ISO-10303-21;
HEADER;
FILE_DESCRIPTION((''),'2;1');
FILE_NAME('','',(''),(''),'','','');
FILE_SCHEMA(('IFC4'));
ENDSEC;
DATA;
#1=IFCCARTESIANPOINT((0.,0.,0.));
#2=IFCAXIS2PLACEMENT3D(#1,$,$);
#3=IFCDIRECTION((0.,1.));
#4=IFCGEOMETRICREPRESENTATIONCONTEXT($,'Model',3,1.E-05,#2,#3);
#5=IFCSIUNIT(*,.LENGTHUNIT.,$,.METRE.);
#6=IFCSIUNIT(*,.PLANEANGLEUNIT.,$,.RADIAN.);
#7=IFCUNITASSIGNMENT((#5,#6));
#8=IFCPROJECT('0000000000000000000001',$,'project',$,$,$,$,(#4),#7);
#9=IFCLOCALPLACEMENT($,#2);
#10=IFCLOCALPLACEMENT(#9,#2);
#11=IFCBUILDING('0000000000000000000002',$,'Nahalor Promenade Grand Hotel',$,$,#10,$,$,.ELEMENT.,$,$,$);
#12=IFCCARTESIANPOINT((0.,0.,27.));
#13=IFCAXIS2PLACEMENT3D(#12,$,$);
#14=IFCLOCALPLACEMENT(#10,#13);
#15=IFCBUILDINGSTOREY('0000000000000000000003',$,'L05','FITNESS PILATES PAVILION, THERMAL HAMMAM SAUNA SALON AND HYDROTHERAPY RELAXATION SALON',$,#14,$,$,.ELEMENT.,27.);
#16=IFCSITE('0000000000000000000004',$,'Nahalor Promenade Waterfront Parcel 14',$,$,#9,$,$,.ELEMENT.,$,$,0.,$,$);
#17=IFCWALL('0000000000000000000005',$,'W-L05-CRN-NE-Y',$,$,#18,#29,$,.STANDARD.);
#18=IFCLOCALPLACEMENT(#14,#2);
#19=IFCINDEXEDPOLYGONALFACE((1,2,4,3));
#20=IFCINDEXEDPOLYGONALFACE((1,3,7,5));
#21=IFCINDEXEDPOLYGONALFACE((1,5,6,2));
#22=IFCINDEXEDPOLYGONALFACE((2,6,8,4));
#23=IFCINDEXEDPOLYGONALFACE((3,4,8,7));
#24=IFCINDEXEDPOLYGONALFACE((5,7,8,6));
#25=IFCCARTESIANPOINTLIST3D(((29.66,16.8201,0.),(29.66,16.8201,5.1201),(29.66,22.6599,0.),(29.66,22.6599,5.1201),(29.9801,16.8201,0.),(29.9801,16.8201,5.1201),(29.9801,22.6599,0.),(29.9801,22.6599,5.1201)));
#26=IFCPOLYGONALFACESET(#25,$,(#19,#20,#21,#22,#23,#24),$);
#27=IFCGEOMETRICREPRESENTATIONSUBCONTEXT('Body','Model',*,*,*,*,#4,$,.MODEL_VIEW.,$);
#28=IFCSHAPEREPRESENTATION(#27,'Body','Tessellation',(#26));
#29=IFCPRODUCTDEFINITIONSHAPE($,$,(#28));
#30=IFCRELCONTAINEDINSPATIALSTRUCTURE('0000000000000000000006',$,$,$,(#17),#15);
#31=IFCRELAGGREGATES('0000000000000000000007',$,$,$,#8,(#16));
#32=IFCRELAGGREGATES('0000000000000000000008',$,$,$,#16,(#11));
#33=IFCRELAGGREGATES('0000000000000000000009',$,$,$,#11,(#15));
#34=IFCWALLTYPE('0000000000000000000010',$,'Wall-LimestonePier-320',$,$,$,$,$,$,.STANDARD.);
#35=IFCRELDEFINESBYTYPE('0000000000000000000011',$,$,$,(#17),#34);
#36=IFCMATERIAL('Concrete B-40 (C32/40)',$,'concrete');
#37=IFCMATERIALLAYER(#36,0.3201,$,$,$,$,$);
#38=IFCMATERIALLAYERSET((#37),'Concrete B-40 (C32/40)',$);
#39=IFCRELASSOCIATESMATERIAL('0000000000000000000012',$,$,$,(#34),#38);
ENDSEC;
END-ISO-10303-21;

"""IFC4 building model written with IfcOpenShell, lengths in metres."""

from ifc_helpers import new_model, si_unit, direction, frame, frame_2d, origin, place, context, subcontext, project, spatial, rectangle, extrude, source, transform, mapped, material, layer, layer_set, type_object, element, save


model = new_model("IFC4")

# Units and contexts
model_context = context("Model", 3, precision=1e-05, world=origin(), true_north=direction((0.0, 1.0)))
body_context = subcontext(model_context, "Body", "Model", "MODEL_VIEW")
ifc_project = project(units=[si_unit("LENGTHUNIT", "METRE"), si_unit("PLANEANGLEUNIT", "RADIAN")], contexts=[model_context])

# Site, building, storey
site_placement = place(None, origin())
site = spatial("IfcSite", under=ifc_project, at=site_placement, Name="Nahalor Promenade Waterfront Parcel 14", CompositionType="ELEMENT", RefElevation=0.0)
building_placement = place(site_placement, origin())
building = spatial("IfcBuilding", under=site, at=building_placement, Name="Nahalor Promenade Grand Hotel", CompositionType="ELEMENT")
storey_placement = place(building_placement, frame((0.0, 0.0, 27.0)))
storey = spatial("IfcBuildingStorey", under=building, at=storey_placement, Name="L05", Description="FITNESS PILATES PAVILION, THERMAL HAMMAM SAUNA SALON AND HYDROTHERAPY RELAXATION SALON", CompositionType="ELEMENT", Elevation=27.0)

# Shared definitions
ifc_material_1 = material(Name="Concrete B-40 (C32/40)", Category="concrete")
ifc_layer_1 = layer(ifc_material_1, 0.3201)
ifc_layer_set_1 = layer_set([ifc_layer_1], Name="Concrete B-40 (C32/40)")
wall_type_1 = type_object("IfcWallType", Name="Wall-LimestonePier-320", PredefinedType="STANDARD", material=ifc_layer_set_1)

# Wall
shared_shape_1 = source(origin(), body_context, "Body", "SweptSolid", [
    extrude(rectangle(XDim=5.8398, YDim=0.3201, at=frame_2d((2.9199, 0.0))), origin(), (0.0, 0.0, 1.0), 5.1201),
])
wall_1_placement = place(storey_placement, frame((29.8201, 16.8201, 0.0), z_axis=(0.0, 0.0, 1.0), x_axis=(0.0, 1.0, 0.0)))
element("IfcWall", 1, at=wall_1_placement, inside=storey, type_object=wall_type_1, Name="W-L05-CRN-NE-Y", PredefinedType="STANDARD", context=body_context, shape_type="MappedRepresentation", body=[
    mapped(shared_shape_1, transform((0.0, 0.0, 0.0), scale=1.0)),
])

save(model, "model.ifc")
